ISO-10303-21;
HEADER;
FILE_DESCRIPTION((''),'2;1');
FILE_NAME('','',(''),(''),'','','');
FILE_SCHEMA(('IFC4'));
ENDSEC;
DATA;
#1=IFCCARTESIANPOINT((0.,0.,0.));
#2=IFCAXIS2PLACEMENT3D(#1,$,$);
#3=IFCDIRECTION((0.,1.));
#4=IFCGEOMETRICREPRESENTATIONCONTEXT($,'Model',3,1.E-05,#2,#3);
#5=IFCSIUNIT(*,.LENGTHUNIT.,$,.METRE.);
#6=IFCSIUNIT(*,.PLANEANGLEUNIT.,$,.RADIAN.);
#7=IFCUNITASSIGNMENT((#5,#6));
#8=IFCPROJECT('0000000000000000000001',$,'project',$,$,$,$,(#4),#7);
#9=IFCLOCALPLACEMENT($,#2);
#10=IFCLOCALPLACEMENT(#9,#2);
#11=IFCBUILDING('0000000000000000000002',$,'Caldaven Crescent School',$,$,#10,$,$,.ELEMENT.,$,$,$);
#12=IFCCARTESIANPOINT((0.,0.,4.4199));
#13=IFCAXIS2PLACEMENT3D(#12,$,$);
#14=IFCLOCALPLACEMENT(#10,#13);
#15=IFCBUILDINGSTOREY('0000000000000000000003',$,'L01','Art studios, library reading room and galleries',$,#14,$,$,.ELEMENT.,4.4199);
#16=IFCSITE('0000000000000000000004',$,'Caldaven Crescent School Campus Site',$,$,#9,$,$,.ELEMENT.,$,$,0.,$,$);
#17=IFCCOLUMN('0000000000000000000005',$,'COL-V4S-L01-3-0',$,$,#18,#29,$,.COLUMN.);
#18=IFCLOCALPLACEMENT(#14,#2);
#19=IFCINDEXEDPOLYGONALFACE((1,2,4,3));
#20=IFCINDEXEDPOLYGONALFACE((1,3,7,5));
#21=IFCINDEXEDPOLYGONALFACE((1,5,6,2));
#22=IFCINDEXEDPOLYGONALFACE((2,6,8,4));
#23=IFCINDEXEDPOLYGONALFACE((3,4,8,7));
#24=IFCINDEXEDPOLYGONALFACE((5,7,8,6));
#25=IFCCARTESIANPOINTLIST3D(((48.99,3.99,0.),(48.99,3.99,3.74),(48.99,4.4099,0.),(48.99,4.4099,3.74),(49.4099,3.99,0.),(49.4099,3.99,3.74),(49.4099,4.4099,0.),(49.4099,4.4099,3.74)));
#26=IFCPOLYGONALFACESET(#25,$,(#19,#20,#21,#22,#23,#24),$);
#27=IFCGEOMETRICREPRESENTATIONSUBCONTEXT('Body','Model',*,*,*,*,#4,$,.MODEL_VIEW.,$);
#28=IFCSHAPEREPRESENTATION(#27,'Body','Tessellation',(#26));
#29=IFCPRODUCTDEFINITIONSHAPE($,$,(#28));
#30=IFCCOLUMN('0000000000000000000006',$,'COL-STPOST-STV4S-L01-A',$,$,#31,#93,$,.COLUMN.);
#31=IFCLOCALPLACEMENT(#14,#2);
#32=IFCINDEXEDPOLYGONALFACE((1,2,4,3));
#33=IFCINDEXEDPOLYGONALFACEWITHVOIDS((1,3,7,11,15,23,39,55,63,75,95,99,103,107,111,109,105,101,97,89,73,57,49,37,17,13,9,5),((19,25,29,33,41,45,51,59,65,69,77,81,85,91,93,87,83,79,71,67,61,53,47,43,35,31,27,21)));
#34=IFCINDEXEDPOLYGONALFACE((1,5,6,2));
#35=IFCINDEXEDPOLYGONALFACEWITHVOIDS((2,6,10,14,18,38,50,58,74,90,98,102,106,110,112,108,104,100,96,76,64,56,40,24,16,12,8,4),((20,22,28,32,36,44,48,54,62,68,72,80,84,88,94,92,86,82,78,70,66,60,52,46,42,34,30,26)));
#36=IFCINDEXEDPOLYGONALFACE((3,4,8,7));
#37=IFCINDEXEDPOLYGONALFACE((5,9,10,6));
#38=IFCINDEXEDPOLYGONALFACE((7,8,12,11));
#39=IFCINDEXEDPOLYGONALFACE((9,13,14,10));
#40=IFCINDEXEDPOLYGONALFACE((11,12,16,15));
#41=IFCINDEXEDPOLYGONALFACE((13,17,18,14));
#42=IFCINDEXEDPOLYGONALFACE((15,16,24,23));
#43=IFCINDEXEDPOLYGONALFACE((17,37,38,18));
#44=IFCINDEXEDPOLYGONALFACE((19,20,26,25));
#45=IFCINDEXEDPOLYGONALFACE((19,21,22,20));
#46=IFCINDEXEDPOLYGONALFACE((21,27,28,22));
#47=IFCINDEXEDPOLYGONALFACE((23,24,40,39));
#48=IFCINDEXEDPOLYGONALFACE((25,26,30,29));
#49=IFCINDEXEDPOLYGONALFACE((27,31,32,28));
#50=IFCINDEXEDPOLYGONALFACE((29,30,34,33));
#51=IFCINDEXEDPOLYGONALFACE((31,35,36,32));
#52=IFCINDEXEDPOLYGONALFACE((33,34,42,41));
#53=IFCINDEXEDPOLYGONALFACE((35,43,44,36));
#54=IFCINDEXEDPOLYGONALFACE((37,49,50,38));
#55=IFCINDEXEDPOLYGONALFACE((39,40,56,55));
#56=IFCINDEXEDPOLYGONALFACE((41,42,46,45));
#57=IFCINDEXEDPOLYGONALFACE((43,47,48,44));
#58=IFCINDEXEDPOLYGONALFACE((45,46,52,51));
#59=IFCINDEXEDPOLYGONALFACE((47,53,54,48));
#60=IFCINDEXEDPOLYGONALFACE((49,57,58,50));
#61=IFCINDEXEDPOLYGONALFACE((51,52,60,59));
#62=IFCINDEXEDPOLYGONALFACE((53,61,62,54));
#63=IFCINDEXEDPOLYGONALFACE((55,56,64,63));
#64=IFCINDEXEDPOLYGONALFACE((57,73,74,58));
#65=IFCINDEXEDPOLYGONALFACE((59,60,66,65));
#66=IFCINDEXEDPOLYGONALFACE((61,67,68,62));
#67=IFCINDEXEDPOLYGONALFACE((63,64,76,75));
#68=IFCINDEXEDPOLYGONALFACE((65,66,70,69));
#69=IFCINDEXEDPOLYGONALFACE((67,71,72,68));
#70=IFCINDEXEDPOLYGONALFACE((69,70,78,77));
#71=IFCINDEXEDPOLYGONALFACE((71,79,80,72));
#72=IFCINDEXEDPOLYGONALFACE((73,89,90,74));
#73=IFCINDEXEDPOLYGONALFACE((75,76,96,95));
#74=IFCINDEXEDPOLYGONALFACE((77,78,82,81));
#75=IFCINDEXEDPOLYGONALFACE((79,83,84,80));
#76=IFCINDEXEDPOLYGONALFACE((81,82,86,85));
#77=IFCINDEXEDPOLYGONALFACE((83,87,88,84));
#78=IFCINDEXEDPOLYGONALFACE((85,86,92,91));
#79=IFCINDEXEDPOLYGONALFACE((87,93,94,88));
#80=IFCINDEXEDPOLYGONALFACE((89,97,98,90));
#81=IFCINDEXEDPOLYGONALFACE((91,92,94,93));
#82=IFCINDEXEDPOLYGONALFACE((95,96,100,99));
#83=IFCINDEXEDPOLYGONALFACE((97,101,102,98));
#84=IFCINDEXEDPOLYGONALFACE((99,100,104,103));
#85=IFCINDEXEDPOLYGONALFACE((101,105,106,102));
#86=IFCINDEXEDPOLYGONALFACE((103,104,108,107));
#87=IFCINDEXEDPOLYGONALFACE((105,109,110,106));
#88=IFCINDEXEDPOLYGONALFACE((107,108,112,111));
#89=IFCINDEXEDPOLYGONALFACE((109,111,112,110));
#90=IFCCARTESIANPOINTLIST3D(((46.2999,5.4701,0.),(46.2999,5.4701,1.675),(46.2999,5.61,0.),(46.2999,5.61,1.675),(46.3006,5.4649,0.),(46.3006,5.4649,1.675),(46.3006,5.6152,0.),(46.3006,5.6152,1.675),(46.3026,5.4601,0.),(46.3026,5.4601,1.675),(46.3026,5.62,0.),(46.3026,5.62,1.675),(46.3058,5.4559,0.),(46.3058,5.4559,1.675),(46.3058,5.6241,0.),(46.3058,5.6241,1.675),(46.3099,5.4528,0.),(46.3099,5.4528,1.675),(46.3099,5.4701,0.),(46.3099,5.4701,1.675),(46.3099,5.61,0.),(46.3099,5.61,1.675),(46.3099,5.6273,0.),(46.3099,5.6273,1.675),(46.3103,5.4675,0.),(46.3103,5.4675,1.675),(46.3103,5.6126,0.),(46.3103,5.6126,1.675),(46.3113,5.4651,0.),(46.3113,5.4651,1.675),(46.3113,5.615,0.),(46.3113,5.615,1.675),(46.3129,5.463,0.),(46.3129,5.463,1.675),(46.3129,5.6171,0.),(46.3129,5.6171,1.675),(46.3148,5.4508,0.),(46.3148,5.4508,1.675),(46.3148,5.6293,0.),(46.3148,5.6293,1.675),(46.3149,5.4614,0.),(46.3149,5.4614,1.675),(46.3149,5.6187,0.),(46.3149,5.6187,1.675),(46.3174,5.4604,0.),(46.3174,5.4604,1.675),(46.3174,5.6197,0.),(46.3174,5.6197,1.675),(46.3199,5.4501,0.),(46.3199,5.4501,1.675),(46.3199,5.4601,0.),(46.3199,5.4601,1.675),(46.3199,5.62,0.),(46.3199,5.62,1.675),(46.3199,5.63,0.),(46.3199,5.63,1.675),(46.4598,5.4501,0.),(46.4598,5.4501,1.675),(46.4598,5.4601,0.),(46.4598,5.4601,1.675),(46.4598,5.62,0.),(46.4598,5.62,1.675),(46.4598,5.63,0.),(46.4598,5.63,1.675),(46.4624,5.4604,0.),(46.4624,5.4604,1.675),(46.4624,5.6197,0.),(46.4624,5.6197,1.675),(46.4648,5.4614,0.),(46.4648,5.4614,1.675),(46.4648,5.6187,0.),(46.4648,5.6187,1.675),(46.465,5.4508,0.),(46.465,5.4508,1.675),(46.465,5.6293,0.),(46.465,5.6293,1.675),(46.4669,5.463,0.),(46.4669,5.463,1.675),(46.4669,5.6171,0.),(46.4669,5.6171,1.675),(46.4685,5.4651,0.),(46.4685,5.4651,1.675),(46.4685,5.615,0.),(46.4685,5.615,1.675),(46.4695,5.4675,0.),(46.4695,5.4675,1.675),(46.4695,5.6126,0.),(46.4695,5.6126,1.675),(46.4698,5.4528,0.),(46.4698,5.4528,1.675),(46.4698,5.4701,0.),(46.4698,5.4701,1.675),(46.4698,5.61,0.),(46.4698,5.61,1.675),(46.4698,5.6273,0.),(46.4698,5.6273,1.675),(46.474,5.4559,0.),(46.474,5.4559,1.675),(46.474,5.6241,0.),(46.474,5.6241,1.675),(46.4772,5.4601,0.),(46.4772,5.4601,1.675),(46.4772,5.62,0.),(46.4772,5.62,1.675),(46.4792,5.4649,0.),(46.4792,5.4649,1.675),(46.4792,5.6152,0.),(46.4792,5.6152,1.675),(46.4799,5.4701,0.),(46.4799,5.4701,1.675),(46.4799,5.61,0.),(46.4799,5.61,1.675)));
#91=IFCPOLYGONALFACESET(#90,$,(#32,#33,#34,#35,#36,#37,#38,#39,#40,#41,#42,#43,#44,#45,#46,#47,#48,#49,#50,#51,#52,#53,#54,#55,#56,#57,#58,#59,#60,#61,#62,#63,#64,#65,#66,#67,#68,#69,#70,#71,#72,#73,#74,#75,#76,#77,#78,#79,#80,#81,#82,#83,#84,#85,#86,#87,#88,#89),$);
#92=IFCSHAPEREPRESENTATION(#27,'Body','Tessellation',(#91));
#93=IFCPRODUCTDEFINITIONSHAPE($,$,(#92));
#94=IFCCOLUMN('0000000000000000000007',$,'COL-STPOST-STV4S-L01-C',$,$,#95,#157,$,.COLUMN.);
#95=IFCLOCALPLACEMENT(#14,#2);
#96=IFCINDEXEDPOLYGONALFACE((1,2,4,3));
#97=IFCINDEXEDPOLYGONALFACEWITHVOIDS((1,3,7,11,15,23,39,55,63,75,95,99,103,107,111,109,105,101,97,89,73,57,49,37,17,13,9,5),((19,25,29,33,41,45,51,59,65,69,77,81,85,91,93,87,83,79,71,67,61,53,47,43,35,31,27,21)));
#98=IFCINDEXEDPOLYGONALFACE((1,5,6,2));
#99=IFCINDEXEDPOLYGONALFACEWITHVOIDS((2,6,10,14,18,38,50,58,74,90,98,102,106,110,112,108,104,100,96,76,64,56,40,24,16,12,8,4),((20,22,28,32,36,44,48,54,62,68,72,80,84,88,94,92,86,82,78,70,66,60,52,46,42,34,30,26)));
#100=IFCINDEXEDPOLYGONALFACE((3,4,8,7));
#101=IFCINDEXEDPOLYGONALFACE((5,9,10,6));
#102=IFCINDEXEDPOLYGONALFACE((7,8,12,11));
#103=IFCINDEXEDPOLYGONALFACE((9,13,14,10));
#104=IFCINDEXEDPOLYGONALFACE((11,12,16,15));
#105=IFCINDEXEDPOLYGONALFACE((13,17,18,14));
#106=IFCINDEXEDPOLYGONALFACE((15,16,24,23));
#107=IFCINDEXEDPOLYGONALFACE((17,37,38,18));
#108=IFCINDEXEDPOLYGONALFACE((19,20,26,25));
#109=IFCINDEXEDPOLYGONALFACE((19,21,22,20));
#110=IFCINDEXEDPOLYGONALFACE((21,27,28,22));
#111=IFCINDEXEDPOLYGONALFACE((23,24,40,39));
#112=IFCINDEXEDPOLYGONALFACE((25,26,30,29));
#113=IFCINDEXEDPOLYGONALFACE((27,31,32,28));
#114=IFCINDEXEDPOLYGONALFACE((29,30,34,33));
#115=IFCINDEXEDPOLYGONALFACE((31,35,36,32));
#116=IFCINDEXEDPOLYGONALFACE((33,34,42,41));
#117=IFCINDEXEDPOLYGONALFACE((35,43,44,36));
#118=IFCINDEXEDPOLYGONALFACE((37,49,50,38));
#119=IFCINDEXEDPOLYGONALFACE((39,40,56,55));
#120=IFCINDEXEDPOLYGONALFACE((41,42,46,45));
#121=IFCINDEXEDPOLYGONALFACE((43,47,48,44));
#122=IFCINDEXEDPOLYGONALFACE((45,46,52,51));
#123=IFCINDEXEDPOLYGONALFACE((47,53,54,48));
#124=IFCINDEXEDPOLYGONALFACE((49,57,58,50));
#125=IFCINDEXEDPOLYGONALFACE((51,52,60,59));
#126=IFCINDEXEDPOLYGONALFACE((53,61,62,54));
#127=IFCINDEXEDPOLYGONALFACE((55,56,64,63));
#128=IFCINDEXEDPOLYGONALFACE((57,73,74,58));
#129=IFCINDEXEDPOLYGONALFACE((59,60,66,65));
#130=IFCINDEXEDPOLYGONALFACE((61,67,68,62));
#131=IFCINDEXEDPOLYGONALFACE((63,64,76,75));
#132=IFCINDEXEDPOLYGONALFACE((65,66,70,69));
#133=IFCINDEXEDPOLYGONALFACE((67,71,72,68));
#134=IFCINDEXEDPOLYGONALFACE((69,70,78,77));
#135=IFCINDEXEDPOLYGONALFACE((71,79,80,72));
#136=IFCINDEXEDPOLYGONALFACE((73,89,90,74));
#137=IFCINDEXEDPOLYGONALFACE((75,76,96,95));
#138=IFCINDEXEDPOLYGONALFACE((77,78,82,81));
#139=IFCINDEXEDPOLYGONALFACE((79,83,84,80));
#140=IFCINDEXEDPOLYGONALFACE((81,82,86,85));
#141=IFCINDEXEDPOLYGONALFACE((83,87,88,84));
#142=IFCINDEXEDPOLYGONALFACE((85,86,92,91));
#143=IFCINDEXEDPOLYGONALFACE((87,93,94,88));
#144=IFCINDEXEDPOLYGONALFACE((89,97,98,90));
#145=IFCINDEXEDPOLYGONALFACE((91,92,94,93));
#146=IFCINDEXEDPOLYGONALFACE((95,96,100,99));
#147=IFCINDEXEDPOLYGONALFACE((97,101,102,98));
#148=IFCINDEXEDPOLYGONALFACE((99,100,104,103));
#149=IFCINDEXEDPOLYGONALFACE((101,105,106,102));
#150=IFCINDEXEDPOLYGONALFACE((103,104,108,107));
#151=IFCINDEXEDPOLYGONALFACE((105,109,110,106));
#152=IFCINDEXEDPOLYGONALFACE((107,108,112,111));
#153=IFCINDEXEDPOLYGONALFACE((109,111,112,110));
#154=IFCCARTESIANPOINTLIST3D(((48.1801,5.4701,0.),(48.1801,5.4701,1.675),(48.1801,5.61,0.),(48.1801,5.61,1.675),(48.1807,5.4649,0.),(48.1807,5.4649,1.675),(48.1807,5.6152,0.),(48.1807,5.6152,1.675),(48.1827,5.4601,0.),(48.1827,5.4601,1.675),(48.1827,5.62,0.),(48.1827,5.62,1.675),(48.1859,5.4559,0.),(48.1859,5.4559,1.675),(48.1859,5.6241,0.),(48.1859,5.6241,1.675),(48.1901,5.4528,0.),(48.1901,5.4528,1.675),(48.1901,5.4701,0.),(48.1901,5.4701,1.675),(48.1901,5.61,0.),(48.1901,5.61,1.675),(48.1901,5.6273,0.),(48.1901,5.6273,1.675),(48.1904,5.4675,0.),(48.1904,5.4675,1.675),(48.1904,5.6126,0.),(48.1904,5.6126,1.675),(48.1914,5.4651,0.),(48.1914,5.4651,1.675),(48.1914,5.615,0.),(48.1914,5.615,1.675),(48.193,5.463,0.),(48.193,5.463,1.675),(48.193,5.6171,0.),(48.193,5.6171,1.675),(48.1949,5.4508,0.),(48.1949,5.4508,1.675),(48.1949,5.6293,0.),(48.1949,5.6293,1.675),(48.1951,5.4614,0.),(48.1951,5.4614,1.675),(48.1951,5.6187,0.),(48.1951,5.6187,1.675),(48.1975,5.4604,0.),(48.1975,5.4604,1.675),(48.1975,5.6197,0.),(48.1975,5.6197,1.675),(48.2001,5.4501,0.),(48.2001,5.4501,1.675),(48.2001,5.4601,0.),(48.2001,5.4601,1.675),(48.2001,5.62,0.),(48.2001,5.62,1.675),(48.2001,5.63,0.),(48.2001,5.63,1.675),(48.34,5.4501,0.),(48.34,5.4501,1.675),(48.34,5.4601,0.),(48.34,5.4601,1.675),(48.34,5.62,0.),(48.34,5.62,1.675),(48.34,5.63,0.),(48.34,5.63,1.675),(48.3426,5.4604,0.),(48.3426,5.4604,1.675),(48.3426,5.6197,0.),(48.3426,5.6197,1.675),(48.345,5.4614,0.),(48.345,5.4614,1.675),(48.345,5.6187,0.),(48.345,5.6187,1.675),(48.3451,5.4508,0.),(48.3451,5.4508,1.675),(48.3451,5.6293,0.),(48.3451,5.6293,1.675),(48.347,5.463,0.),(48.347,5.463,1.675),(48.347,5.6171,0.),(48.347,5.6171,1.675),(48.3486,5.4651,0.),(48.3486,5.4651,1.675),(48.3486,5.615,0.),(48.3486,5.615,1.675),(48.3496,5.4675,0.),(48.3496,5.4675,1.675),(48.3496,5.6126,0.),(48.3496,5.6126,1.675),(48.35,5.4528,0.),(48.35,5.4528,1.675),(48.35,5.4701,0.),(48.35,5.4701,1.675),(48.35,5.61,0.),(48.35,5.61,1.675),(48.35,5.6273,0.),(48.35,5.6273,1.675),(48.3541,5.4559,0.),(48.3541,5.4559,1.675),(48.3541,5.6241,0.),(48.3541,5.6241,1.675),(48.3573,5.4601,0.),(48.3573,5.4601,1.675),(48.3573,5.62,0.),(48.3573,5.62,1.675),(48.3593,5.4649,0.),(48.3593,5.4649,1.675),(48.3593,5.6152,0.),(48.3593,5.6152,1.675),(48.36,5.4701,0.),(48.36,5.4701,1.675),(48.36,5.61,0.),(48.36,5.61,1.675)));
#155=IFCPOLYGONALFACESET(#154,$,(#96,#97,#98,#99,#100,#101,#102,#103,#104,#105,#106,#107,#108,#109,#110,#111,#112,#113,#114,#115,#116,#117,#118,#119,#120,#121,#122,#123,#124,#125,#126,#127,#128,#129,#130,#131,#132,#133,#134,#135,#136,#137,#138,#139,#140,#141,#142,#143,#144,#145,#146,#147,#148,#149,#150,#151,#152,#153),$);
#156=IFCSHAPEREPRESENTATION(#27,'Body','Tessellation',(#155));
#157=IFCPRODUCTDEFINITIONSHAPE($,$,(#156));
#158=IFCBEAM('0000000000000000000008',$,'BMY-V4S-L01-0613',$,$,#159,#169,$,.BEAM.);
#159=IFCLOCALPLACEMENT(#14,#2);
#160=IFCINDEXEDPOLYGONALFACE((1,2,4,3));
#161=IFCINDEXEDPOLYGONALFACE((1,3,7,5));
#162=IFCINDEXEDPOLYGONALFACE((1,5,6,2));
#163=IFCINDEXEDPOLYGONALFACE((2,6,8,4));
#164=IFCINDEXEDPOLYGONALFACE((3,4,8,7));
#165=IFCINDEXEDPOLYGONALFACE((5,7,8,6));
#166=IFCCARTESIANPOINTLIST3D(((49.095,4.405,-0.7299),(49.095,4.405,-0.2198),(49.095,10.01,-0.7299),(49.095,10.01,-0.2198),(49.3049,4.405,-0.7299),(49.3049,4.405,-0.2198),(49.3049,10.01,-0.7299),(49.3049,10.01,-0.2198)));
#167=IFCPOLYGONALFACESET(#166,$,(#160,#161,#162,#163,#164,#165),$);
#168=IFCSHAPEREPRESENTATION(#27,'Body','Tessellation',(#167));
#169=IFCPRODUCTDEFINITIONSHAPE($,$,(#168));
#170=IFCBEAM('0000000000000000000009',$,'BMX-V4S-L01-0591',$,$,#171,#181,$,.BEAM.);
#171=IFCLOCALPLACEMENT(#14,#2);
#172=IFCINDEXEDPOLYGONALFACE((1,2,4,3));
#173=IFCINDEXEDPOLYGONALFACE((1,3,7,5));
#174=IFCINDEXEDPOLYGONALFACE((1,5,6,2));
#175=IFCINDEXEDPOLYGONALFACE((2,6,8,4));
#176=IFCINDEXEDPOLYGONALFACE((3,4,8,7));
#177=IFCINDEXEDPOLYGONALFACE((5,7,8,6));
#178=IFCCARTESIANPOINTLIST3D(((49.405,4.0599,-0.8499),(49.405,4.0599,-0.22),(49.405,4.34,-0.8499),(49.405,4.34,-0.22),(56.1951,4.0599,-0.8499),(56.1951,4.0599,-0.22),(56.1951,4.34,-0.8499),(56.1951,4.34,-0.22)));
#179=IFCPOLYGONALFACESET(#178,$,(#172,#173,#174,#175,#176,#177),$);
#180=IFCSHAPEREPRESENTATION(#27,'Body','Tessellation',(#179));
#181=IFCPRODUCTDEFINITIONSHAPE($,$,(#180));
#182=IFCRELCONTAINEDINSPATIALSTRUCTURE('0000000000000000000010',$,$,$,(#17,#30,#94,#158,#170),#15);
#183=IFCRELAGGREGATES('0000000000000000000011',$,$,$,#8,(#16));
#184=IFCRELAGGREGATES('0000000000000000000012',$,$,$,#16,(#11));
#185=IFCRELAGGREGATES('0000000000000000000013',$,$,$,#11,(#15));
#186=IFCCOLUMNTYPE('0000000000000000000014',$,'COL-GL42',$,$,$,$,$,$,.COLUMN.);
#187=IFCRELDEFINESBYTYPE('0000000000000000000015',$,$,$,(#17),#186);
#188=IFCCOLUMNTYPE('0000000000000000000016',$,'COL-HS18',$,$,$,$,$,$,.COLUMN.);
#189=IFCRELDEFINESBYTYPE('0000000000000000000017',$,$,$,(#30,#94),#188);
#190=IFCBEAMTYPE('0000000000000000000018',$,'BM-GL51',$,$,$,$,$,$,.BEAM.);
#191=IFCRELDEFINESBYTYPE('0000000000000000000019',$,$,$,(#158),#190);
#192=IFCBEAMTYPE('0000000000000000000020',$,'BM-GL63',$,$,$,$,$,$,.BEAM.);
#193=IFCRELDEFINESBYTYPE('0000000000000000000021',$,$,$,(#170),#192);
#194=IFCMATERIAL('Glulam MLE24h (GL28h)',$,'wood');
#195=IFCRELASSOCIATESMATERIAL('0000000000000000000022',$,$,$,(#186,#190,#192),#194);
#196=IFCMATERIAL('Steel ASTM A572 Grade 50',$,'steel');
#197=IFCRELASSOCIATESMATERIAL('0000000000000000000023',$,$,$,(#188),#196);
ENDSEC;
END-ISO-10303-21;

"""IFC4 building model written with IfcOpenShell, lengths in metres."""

from ifc_helpers import new_model, si_unit, direction, frame, origin, origin_2d, place, context, subcontext, project, spatial, rectangle, hollow_rectangle, extrude, material, material_profile, profile_set, type_object, element, save


model = new_model("IFC4")

# Units and contexts
model_context = context("Model", 3, precision=1e-05, world=origin(), true_north=direction((0.0, 1.0)))
body_context = subcontext(model_context, "Body", "Model", "MODEL_VIEW")
ifc_project = project(units=[si_unit("LENGTHUNIT", "METRE"), si_unit("PLANEANGLEUNIT", "RADIAN")], contexts=[model_context])

# Site, building, storey
site_placement = place(None, origin())
site = spatial("IfcSite", under=ifc_project, at=site_placement, Name="Caldaven Crescent School Campus Site", CompositionType="ELEMENT", RefElevation=0.0)
building_placement = place(site_placement, origin())
building = spatial("IfcBuilding", under=site, at=building_placement, Name="Caldaven Crescent School", CompositionType="ELEMENT")
storey_placement = place(building_placement, frame((0.0, 0.0, 4.4199)))
storey = spatial("IfcBuildingStorey", under=building, at=storey_placement, Name="L01", Description="Art studios, library reading room and galleries", CompositionType="ELEMENT", Elevation=4.4199)

# Columns
ifc_material_1 = material(Name="Glulam MLE24h (GL28h)", Category="wood")
ifc_material_profile_1 = material_profile(ifc_material_1, rectangle(XDim=0.4199, YDim=0.4199, at=origin_2d()), Name="MLE 420x420")
ifc_profile_set_1 = profile_set([ifc_material_profile_1], Name="Glulam MLE24h (GL28h)")
column_type_1 = type_object("IfcColumnType", Name="COL-GL42", PredefinedType="COLUMN", material=ifc_profile_set_1)
column_placement = place(storey_placement, frame((49.2, 4.2, 0.0), z_axis=(0.0, 0.0, 1.0), x_axis=(1.0, 0.0, 0.0)))
element("IfcColumn", 1, at=column_placement, inside=storey, type_object=column_type_1, Name="COL-V4S-L01-3-0", PredefinedType="COLUMN", context=body_context, shape_type="SweptSolid", body=[
    extrude(rectangle(XDim=0.4199, YDim=0.4199, at=origin_2d()), origin(), (0.0, 0.0, 1.0), 3.74),
])
ifc_material_2 = material(Name="Steel ASTM A572 Grade 50", Category="steel")
ifc_material_profile_2 = material_profile(ifc_material_2, hollow_rectangle(XDim=0.1799, YDim=0.1799, WallThickness=0.01, InnerFilletRadius=0.01, OuterFilletRadius=0.02, at=origin_2d()), Name="HSS 180x180x10")
ifc_profile_set_2 = profile_set([ifc_material_profile_2], Name="Steel ASTM A572 Grade 50")
column_type_2 = type_object("IfcColumnType", Name="COL-HS18", PredefinedType="COLUMN", material=ifc_profile_set_2)
for number, where, z_axis, x_axis, name in (
    (2, (46.3899, 5.54, 0.0), (0.0, 0.0, 1.0), (1.0, 0.0, 0.0), "COL-STPOST-STV4S-L01-A"),
    (3, (48.27, 5.54, 0.0), (0.0, 0.0, 1.0), (1.0, 0.0, 0.0), "COL-STPOST-STV4S-L01-C"),
):
    element("IfcColumn", number, at=place(storey_placement, frame(where, z_axis=z_axis, x_axis=x_axis)), inside=storey, type_object=column_type_2, Name=name, PredefinedType="COLUMN", context=body_context, shape_type="SweptSolid", body=[
        extrude(hollow_rectangle(XDim=0.1799, YDim=0.1799, WallThickness=0.01, InnerFilletRadius=0.01, OuterFilletRadius=0.02, at=origin_2d()), origin(), (0.0, 0.0, 1.0), 1.675),
    ])

# Beams
ifc_material_profile_3 = material_profile(ifc_material_1, rectangle(XDim=0.21, YDim=0.51, at=origin_2d()), Name="MLE 210x510")
ifc_profile_set_3 = profile_set([ifc_material_profile_3], Name="Glulam MLE24h (GL28h)")
beam_type_1 = type_object("IfcBeamType", Name="BM-GL51", PredefinedType="BEAM", material=ifc_profile_set_3)
beam_1_placement = place(storey_placement, frame((49.2, 4.405, -0.4749), z_axis=(0.0, 1.0, 0.0), x_axis=(-1.0, 0.0, 0.0)))
element("IfcBeam", 4, at=beam_1_placement, inside=storey, type_object=beam_type_1, Name="BMY-V4S-L01-0613", PredefinedType="BEAM", context=body_context, shape_type="SweptSolid", body=[
    extrude(rectangle(XDim=0.21, YDim=0.51, at=origin_2d()), origin(), (0.0, 0.0, 1.0), 5.605),
])
ifc_material_profile_4 = material_profile(ifc_material_1, rectangle(XDim=0.28, YDim=0.6299, at=origin_2d()), Name="MLE 280x630")
ifc_profile_set_4 = profile_set([ifc_material_profile_4], Name="Glulam MLE24h (GL28h)")
beam_type_2 = type_object("IfcBeamType", Name="BM-GL63", PredefinedType="BEAM", material=ifc_profile_set_4)
beam_2_placement = place(storey_placement, frame((49.405, 4.2, -0.5349), z_axis=(1.0, 0.0, 0.0), x_axis=(0.0, 1.0, 0.0)))
element("IfcBeam", 5, at=beam_2_placement, inside=storey, type_object=beam_type_2, Name="BMX-V4S-L01-0591", PredefinedType="BEAM", context=body_context, shape_type="SweptSolid", body=[
    extrude(rectangle(XDim=0.28, YDim=0.6299, at=origin_2d()), origin(), (0.0, 0.0, 1.0), 6.79),
])

save(model, "model.ifc")
